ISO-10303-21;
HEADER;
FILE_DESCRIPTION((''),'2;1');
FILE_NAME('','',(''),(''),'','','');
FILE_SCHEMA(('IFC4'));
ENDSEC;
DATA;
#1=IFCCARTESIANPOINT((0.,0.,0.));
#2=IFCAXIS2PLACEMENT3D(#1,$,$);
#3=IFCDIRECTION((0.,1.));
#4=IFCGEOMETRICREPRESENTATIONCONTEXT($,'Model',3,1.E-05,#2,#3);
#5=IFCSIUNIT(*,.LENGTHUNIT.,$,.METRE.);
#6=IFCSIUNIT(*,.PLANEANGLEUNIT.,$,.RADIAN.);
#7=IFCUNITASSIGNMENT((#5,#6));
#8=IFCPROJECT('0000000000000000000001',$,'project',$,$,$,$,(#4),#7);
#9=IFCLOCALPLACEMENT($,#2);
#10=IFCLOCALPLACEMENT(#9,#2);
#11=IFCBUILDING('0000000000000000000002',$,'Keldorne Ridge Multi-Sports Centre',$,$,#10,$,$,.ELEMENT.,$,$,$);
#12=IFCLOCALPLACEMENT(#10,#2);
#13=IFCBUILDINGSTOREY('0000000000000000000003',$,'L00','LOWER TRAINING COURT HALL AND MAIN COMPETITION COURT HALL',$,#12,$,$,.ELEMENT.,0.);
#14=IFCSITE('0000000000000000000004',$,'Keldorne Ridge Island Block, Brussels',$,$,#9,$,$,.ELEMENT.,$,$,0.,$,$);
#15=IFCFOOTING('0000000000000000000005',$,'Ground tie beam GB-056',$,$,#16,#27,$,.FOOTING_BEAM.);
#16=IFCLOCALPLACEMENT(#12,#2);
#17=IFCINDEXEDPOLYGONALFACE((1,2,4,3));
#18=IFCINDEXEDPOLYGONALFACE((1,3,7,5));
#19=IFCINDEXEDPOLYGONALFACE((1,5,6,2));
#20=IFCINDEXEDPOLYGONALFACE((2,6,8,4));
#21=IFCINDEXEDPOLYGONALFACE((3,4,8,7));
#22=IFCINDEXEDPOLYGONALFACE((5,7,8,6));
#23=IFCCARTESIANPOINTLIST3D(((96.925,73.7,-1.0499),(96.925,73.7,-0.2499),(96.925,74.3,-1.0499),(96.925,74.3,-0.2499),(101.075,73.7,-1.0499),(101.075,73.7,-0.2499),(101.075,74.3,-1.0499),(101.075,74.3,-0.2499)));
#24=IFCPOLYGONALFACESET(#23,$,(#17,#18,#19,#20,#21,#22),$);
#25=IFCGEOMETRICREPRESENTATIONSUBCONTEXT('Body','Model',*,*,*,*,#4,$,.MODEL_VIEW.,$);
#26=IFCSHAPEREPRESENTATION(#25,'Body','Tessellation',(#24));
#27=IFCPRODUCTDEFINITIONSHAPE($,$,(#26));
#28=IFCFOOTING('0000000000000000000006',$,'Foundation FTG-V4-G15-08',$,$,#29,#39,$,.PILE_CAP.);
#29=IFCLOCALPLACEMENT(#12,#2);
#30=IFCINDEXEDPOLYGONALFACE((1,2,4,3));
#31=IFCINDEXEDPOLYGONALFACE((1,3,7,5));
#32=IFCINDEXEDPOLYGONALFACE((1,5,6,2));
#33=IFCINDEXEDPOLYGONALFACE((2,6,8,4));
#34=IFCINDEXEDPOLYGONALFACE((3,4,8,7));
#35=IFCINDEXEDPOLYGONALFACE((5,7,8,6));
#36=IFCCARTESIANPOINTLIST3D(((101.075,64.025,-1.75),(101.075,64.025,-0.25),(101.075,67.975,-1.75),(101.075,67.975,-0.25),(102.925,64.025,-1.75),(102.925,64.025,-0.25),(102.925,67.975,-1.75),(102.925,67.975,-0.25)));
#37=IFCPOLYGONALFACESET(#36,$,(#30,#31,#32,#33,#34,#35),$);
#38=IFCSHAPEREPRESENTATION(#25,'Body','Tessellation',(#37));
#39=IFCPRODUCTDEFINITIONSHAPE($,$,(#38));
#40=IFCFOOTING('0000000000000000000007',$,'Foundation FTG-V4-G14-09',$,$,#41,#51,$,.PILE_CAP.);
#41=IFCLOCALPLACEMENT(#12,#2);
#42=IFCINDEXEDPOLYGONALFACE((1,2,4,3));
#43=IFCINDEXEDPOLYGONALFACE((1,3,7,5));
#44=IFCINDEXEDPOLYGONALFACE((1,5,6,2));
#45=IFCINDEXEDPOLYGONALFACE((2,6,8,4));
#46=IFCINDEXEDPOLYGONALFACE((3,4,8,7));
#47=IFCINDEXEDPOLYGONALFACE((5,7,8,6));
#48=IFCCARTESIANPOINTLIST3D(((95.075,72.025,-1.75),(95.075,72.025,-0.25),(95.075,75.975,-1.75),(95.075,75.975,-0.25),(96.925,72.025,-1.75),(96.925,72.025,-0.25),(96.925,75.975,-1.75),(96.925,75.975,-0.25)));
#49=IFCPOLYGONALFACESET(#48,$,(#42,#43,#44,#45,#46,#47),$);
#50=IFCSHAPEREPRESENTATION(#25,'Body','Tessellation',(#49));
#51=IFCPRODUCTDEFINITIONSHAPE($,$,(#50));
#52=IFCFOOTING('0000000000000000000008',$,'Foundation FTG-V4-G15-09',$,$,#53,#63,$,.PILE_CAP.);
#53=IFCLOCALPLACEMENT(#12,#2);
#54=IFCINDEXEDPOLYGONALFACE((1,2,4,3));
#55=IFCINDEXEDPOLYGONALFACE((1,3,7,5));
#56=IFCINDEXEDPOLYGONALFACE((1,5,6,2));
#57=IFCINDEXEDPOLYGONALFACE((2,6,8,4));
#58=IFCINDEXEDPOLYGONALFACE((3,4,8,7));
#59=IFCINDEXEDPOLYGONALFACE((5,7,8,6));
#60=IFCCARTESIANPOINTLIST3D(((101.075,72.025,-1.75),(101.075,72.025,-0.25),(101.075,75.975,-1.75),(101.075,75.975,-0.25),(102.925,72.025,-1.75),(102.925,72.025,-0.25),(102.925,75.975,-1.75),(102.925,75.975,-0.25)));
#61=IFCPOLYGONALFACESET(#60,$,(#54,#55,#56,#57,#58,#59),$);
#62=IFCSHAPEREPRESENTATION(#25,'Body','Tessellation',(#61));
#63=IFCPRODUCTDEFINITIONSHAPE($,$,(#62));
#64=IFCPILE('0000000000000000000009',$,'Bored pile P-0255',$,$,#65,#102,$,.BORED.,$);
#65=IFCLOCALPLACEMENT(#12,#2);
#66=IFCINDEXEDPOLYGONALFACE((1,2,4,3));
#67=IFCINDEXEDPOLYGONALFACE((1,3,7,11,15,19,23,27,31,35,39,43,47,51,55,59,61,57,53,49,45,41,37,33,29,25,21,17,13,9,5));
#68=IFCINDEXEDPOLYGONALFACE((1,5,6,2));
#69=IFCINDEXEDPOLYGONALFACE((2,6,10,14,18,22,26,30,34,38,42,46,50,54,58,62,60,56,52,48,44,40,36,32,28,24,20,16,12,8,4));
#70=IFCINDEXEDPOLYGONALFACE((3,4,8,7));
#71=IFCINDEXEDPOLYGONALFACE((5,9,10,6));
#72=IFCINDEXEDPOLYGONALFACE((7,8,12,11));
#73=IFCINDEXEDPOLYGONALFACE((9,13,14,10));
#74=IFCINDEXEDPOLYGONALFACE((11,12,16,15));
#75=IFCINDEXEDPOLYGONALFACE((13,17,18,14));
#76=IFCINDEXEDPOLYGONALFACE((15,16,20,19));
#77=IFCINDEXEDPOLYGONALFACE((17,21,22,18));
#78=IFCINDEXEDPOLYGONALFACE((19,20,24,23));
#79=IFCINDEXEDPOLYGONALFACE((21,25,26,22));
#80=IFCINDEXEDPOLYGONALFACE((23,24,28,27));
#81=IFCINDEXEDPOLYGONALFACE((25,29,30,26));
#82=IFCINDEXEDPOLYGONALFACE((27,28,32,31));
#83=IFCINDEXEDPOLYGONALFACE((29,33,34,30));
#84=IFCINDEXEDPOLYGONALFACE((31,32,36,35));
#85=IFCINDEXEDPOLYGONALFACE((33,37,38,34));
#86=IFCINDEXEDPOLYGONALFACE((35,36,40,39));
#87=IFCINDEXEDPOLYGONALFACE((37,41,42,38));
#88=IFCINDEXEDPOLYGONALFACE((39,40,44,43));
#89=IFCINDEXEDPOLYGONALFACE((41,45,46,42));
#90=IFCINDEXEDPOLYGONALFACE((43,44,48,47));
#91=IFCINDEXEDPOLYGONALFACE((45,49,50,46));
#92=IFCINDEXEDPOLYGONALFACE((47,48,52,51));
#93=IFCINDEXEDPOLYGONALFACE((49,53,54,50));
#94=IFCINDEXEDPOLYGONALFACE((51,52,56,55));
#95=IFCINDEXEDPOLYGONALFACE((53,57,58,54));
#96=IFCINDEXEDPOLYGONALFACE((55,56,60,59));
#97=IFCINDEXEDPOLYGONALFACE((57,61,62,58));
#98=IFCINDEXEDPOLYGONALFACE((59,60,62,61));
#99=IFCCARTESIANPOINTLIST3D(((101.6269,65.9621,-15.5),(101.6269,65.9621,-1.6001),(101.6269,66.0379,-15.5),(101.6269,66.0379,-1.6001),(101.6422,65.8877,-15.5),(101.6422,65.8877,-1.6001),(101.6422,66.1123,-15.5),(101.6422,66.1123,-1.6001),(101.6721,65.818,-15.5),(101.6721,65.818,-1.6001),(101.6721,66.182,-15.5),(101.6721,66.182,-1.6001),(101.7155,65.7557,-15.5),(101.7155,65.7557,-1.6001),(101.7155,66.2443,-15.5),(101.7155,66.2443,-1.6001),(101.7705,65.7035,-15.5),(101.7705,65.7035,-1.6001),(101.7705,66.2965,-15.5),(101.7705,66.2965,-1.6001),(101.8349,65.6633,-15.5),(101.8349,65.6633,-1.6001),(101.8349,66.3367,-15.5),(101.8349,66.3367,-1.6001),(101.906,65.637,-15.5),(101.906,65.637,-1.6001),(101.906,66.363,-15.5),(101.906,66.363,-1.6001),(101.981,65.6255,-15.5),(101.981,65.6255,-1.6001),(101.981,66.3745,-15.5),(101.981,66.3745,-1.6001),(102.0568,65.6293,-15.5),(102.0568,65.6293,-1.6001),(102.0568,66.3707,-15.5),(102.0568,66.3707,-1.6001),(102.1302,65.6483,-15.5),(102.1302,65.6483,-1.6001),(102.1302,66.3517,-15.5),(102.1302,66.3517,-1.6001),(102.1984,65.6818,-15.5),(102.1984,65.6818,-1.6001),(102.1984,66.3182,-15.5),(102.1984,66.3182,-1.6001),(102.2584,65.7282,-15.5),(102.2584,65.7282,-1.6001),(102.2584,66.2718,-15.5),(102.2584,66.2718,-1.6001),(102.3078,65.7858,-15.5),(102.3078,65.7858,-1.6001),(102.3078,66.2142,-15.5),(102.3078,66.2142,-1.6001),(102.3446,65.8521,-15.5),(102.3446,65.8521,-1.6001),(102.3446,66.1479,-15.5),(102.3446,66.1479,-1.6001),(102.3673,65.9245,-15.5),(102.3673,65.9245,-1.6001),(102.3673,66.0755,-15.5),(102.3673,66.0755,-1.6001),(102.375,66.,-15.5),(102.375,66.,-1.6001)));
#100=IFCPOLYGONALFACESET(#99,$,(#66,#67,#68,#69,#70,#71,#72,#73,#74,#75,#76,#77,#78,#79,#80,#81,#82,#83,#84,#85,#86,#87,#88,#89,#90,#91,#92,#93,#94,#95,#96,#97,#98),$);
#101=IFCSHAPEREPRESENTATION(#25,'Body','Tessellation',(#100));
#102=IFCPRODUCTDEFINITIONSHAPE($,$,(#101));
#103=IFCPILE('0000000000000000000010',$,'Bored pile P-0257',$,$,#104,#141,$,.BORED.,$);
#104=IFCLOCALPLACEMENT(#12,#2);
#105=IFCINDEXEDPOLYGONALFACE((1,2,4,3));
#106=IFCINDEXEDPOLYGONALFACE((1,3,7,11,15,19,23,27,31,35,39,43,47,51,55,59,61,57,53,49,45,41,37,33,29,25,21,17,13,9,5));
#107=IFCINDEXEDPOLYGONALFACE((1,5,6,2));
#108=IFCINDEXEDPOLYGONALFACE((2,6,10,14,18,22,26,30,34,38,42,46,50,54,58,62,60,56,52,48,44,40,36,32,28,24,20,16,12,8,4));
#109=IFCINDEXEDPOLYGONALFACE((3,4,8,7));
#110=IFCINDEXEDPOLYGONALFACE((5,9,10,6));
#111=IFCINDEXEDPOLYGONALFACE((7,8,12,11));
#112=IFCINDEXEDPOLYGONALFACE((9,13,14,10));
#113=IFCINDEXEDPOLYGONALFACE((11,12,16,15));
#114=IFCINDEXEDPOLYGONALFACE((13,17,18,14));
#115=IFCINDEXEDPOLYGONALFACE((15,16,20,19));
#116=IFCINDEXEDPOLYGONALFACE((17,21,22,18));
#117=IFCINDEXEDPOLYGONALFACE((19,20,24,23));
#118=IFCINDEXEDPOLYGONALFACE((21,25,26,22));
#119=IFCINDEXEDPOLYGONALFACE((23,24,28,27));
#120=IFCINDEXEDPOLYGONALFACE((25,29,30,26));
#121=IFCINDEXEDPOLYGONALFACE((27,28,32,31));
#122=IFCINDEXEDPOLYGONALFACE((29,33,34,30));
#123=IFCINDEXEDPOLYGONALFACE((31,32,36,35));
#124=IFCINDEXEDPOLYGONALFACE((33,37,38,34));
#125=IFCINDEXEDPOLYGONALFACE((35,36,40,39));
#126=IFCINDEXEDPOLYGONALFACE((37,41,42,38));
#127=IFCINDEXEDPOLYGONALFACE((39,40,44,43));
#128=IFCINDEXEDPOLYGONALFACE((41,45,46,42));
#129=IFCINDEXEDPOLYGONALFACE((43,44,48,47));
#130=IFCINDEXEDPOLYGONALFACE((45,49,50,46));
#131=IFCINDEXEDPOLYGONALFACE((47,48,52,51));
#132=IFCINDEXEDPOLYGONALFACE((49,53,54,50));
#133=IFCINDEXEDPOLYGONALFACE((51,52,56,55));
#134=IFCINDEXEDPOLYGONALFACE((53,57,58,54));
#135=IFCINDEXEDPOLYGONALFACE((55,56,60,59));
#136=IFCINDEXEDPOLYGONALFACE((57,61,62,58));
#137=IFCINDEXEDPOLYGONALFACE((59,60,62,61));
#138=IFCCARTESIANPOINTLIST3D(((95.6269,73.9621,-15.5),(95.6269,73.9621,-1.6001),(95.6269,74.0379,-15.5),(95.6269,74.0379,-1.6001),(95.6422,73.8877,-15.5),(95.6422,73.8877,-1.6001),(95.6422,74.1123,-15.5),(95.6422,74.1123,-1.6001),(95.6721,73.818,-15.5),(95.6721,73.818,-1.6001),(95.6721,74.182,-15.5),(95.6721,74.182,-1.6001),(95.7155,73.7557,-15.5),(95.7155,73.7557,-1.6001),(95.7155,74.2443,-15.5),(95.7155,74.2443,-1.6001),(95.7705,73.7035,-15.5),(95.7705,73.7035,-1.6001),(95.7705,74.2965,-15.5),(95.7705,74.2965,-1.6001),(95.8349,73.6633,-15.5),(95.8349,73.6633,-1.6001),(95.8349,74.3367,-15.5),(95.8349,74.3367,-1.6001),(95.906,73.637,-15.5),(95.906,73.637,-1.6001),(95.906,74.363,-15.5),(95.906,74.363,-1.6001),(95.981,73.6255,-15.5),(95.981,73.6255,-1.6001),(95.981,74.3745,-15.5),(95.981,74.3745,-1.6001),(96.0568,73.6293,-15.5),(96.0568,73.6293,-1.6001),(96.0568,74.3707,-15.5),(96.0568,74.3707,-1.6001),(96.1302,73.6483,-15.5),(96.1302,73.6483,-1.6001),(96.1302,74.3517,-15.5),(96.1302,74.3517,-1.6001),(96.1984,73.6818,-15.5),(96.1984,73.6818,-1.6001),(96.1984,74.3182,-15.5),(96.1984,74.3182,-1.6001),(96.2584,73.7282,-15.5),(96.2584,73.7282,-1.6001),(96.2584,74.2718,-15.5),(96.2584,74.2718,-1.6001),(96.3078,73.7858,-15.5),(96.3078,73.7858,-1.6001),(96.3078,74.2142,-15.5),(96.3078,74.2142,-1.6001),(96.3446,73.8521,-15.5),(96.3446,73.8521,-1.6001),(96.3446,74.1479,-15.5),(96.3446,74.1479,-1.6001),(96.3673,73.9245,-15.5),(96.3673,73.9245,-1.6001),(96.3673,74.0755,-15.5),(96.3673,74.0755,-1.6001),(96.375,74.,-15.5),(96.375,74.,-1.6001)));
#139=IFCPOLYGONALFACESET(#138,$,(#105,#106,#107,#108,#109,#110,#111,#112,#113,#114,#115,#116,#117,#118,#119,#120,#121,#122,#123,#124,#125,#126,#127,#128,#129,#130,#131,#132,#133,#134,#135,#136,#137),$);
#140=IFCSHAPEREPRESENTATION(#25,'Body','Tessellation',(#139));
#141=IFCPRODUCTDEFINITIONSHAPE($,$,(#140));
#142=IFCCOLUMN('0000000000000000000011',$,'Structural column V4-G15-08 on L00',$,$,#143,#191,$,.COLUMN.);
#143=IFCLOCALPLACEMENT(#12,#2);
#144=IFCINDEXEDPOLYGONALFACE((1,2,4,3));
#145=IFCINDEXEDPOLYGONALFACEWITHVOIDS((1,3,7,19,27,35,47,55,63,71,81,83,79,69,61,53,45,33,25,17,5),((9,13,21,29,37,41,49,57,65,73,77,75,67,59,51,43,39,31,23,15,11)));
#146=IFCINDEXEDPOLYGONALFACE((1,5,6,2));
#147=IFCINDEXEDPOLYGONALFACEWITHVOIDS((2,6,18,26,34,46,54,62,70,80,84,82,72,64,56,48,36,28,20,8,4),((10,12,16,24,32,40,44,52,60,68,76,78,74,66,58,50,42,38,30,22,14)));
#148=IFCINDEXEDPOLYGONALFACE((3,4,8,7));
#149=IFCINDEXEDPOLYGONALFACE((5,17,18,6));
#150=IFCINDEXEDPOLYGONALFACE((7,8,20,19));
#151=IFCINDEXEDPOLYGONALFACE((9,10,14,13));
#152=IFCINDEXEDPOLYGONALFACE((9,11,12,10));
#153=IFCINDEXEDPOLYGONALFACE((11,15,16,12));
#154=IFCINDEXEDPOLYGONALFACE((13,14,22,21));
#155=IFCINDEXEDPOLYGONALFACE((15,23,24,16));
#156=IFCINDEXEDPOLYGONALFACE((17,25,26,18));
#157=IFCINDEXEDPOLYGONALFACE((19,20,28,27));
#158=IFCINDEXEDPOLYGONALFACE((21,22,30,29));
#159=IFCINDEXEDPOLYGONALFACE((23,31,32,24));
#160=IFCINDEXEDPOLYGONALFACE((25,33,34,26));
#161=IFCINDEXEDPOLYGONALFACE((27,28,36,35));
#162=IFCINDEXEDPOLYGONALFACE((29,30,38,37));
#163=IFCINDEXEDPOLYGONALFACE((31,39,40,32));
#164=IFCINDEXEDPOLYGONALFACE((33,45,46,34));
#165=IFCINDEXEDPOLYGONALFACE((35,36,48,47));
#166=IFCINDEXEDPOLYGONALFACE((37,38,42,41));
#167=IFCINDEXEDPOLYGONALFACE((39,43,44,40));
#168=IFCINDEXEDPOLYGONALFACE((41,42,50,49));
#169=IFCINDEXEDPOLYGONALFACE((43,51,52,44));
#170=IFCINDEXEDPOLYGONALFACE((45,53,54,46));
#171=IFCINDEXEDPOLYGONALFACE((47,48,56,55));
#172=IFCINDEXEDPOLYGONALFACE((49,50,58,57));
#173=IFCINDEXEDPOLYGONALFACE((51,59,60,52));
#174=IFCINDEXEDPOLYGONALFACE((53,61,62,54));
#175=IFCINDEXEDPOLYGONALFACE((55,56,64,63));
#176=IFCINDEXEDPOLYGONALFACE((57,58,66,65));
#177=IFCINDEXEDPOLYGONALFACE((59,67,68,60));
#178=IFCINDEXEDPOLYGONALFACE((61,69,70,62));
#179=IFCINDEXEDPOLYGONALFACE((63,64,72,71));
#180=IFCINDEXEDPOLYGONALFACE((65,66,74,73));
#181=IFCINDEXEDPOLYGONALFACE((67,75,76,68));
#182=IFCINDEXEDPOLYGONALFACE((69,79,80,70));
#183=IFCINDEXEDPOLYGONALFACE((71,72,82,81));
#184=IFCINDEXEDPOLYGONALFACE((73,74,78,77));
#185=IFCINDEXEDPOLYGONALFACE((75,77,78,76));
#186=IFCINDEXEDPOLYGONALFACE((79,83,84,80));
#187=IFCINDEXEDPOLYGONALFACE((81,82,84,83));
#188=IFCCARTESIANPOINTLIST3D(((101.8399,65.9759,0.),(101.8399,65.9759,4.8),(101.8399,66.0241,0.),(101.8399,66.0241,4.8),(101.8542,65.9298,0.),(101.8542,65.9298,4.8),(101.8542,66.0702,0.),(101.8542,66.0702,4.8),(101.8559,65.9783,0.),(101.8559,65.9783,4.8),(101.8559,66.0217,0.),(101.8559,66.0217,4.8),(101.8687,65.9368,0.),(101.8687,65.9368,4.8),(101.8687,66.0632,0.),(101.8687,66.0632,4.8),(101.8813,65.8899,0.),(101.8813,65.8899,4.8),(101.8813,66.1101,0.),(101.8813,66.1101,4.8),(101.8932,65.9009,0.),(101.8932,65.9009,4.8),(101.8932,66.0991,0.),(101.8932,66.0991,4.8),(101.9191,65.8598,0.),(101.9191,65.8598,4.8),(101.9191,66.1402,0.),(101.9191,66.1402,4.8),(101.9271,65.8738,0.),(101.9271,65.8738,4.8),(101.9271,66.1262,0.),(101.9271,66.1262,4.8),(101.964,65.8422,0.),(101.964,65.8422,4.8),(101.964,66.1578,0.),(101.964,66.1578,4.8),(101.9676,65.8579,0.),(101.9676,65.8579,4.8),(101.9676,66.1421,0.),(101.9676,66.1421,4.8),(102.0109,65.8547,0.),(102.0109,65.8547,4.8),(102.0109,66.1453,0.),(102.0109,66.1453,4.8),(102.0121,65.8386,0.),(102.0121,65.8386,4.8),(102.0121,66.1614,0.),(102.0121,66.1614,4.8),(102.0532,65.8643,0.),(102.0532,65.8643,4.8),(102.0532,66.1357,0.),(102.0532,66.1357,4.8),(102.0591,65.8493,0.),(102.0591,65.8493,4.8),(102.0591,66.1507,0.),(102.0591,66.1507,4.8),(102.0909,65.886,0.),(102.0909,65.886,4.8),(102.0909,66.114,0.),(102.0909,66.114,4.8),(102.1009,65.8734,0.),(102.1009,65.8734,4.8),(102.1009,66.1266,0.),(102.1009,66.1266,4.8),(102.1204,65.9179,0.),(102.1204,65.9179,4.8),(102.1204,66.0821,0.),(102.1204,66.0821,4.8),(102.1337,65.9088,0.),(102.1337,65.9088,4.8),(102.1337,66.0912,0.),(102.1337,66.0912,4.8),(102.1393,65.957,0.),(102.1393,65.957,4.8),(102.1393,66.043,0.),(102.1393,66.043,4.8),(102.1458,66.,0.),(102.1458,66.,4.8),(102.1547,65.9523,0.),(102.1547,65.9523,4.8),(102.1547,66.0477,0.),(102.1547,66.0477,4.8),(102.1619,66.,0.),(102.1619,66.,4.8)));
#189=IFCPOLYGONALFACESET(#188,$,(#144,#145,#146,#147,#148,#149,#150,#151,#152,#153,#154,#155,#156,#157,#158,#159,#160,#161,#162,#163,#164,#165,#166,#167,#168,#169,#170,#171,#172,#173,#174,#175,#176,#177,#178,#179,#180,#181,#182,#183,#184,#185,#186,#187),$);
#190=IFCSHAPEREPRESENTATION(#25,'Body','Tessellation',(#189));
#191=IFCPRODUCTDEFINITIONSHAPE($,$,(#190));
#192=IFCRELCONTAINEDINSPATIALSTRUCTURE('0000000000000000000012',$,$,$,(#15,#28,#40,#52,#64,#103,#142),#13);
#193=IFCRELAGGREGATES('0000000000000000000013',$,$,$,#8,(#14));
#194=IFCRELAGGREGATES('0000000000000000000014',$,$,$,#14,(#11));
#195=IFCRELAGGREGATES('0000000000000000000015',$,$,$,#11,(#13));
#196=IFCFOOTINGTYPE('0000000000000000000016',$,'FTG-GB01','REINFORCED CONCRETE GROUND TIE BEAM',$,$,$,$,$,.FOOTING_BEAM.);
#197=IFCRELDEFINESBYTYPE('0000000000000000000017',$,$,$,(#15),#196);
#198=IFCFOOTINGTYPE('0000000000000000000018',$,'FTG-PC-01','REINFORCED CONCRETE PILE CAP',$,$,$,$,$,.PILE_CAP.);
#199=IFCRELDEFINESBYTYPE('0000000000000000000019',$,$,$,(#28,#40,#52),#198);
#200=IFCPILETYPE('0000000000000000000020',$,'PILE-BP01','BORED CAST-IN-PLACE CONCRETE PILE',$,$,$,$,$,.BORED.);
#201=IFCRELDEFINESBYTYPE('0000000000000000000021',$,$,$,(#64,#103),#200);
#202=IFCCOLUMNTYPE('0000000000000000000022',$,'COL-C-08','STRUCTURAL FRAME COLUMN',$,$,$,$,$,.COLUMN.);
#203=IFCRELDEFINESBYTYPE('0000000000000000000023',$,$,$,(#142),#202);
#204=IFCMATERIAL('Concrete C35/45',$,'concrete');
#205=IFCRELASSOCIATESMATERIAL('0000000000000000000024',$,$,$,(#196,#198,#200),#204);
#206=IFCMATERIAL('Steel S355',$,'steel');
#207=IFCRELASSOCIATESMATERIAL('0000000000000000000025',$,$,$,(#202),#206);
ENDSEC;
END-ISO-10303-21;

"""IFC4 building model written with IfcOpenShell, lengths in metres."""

from ifc_helpers import new_model, si_unit, direction, frame, origin, origin_2d, place, context, subcontext, project, spatial, rectangle, circle, hollow_circle, extrude, material, material_profile, profile_set, type_object, element, save


model = new_model("IFC4")

# Units and contexts
model_context = context("Model", 3, precision=1e-05, world=origin(), true_north=direction((0.0, 1.0)))
body_context = subcontext(model_context, "Body", "Model", "MODEL_VIEW")
ifc_project = project(units=[si_unit("LENGTHUNIT", "METRE"), si_unit("PLANEANGLEUNIT", "RADIAN")], contexts=[model_context])

# Site, building, storey
site_placement = place(None, origin())
site = spatial("IfcSite", under=ifc_project, at=site_placement, Name="Keldorne Ridge Island Block, Brussels", CompositionType="ELEMENT", RefElevation=0.0)
building_placement = place(site_placement, origin())
building = spatial("IfcBuilding", under=site, at=building_placement, Name="Keldorne Ridge Multi-Sports Centre", CompositionType="ELEMENT")
storey_placement = place(building_placement, origin())
storey = spatial("IfcBuildingStorey", under=building, at=storey_placement, Name="L00", Description="LOWER TRAINING COURT HALL AND MAIN COMPETITION COURT HALL", CompositionType="ELEMENT", Elevation=0.0)

# Footings
ifc_material_1 = material(Name="Concrete C35/45", Category="concrete")
ifc_material_profile_1 = material_profile(ifc_material_1, rectangle(XDim=0.6001, YDim=0.8, at=origin_2d()), Name="GB 600x800")
ifc_profile_set_1 = profile_set([ifc_material_profile_1], Name="Concrete C35/45")
footing_type_1 = type_object("IfcFootingType", Name="FTG-GB01", Description="REINFORCED CONCRETE GROUND TIE BEAM", PredefinedType="FOOTING_BEAM", material=ifc_profile_set_1)
footing_placement = place(storey_placement, frame((96.925, 74.0, -0.6499), z_axis=(1.0, 0.0, 0.0), x_axis=(0.0, 1.0, 0.0)))
element("IfcFooting", 1, at=footing_placement, inside=storey, type_object=footing_type_1, Name="Ground tie beam GB-056", PredefinedType="FOOTING_BEAM", context=body_context, shape_type="SweptSolid", body=[
    extrude(rectangle(XDim=0.6001, YDim=0.8, at=origin_2d()), origin(), (0.0, 0.0, 1.0), 4.1499),
])
footing_type_2 = type_object("IfcFootingType", Name="FTG-PC-01", Description="REINFORCED CONCRETE PILE CAP", PredefinedType="PILE_CAP", material=ifc_material_1)
for number, where, z_axis, x_axis, name in (
    (2, (102.0, 66.0, -1.75), (0.0, 0.0, 1.0), (1.0, 0.0, 0.0), "Foundation FTG-V4-G15-08"),
    (3, (96.0, 74.0, -1.75), (0.0, 0.0, 1.0), (1.0, 0.0, 0.0), "Foundation FTG-V4-G14-09"),
    (4, (102.0, 74.0, -1.75), (0.0, 0.0, 1.0), (1.0, 0.0, 0.0), "Foundation FTG-V4-G15-09"),
):
    element("IfcFooting", number, at=place(storey_placement, frame(where, z_axis=z_axis, x_axis=x_axis)), inside=storey, type_object=footing_type_2, Name=name, PredefinedType="PILE_CAP", context=body_context, shape_type="SweptSolid", body=[
        extrude(rectangle(XDim=1.8501, YDim=3.95, at=origin_2d()), origin(), (0.0, 0.0, 1.0), 1.5),
    ])

# Piles
ifc_material_profile_2 = material_profile(ifc_material_1, circle(Radius=0.375, at=origin_2d()), Name="BORED PILE D750")
ifc_profile_set_2 = profile_set([ifc_material_profile_2], Name="Concrete C35/45")
pile_type = type_object("IfcPileType", Name="PILE-BP01", Description="BORED CAST-IN-PLACE CONCRETE PILE", PredefinedType="BORED", material=ifc_profile_set_2)
for number, where, z_axis, x_axis, name in (
    (5, (102.0, 66.0, -1.6001), (0.0, 0.0, -1.0), (1.0, 0.0, 0.0), "Bored pile P-0255"),
    (6, (96.0, 74.0, -1.6001), (0.0, 0.0, -1.0), (1.0, 0.0, 0.0), "Bored pile P-0257"),
):
    element("IfcPile", number, at=place(storey_placement, frame(where, z_axis=z_axis, x_axis=x_axis)), inside=storey, type_object=pile_type, Name=name, PredefinedType="BORED", context=body_context, shape_type="SweptSolid", body=[
        extrude(circle(Radius=0.375, at=origin_2d()), origin(), (0.0, 0.0, 1.0), 13.8999),
    ])

# Column
ifc_material_2 = material(Name="Steel S355", Category="steel")
ifc_material_profile_3 = material_profile(ifc_material_2, hollow_circle(Radius=0.1619, WallThickness=0.0161, at=origin_2d()), Name="CHS 323.9x16")
ifc_profile_set_3 = profile_set([ifc_material_profile_3], Name="Steel S355")
column_type_1 = type_object("IfcColumnType", Name="COL-C-08", Description="STRUCTURAL FRAME COLUMN", PredefinedType="COLUMN", material=ifc_profile_set_3)
for number, where, z_axis, x_axis, name in (
    (7, (102.0, 66.0, 0.0), (0.0, 0.0, 1.0), (1.0, 0.0, 0.0), "Structural column V4-G15-08 on L00"),
):
    element("IfcColumn", number, at=place(storey_placement, frame(where, z_axis=z_axis, x_axis=x_axis)), inside=storey, type_object=column_type_1, Name=name, PredefinedType="COLUMN", context=body_context, shape_type="SweptSolid", body=[
        extrude(hollow_circle(Radius=0.1619, WallThickness=0.0161, at=origin_2d()), origin(), (0.0, 0.0, 1.0), 4.8),
    ])

save(model, "model.ifc")
